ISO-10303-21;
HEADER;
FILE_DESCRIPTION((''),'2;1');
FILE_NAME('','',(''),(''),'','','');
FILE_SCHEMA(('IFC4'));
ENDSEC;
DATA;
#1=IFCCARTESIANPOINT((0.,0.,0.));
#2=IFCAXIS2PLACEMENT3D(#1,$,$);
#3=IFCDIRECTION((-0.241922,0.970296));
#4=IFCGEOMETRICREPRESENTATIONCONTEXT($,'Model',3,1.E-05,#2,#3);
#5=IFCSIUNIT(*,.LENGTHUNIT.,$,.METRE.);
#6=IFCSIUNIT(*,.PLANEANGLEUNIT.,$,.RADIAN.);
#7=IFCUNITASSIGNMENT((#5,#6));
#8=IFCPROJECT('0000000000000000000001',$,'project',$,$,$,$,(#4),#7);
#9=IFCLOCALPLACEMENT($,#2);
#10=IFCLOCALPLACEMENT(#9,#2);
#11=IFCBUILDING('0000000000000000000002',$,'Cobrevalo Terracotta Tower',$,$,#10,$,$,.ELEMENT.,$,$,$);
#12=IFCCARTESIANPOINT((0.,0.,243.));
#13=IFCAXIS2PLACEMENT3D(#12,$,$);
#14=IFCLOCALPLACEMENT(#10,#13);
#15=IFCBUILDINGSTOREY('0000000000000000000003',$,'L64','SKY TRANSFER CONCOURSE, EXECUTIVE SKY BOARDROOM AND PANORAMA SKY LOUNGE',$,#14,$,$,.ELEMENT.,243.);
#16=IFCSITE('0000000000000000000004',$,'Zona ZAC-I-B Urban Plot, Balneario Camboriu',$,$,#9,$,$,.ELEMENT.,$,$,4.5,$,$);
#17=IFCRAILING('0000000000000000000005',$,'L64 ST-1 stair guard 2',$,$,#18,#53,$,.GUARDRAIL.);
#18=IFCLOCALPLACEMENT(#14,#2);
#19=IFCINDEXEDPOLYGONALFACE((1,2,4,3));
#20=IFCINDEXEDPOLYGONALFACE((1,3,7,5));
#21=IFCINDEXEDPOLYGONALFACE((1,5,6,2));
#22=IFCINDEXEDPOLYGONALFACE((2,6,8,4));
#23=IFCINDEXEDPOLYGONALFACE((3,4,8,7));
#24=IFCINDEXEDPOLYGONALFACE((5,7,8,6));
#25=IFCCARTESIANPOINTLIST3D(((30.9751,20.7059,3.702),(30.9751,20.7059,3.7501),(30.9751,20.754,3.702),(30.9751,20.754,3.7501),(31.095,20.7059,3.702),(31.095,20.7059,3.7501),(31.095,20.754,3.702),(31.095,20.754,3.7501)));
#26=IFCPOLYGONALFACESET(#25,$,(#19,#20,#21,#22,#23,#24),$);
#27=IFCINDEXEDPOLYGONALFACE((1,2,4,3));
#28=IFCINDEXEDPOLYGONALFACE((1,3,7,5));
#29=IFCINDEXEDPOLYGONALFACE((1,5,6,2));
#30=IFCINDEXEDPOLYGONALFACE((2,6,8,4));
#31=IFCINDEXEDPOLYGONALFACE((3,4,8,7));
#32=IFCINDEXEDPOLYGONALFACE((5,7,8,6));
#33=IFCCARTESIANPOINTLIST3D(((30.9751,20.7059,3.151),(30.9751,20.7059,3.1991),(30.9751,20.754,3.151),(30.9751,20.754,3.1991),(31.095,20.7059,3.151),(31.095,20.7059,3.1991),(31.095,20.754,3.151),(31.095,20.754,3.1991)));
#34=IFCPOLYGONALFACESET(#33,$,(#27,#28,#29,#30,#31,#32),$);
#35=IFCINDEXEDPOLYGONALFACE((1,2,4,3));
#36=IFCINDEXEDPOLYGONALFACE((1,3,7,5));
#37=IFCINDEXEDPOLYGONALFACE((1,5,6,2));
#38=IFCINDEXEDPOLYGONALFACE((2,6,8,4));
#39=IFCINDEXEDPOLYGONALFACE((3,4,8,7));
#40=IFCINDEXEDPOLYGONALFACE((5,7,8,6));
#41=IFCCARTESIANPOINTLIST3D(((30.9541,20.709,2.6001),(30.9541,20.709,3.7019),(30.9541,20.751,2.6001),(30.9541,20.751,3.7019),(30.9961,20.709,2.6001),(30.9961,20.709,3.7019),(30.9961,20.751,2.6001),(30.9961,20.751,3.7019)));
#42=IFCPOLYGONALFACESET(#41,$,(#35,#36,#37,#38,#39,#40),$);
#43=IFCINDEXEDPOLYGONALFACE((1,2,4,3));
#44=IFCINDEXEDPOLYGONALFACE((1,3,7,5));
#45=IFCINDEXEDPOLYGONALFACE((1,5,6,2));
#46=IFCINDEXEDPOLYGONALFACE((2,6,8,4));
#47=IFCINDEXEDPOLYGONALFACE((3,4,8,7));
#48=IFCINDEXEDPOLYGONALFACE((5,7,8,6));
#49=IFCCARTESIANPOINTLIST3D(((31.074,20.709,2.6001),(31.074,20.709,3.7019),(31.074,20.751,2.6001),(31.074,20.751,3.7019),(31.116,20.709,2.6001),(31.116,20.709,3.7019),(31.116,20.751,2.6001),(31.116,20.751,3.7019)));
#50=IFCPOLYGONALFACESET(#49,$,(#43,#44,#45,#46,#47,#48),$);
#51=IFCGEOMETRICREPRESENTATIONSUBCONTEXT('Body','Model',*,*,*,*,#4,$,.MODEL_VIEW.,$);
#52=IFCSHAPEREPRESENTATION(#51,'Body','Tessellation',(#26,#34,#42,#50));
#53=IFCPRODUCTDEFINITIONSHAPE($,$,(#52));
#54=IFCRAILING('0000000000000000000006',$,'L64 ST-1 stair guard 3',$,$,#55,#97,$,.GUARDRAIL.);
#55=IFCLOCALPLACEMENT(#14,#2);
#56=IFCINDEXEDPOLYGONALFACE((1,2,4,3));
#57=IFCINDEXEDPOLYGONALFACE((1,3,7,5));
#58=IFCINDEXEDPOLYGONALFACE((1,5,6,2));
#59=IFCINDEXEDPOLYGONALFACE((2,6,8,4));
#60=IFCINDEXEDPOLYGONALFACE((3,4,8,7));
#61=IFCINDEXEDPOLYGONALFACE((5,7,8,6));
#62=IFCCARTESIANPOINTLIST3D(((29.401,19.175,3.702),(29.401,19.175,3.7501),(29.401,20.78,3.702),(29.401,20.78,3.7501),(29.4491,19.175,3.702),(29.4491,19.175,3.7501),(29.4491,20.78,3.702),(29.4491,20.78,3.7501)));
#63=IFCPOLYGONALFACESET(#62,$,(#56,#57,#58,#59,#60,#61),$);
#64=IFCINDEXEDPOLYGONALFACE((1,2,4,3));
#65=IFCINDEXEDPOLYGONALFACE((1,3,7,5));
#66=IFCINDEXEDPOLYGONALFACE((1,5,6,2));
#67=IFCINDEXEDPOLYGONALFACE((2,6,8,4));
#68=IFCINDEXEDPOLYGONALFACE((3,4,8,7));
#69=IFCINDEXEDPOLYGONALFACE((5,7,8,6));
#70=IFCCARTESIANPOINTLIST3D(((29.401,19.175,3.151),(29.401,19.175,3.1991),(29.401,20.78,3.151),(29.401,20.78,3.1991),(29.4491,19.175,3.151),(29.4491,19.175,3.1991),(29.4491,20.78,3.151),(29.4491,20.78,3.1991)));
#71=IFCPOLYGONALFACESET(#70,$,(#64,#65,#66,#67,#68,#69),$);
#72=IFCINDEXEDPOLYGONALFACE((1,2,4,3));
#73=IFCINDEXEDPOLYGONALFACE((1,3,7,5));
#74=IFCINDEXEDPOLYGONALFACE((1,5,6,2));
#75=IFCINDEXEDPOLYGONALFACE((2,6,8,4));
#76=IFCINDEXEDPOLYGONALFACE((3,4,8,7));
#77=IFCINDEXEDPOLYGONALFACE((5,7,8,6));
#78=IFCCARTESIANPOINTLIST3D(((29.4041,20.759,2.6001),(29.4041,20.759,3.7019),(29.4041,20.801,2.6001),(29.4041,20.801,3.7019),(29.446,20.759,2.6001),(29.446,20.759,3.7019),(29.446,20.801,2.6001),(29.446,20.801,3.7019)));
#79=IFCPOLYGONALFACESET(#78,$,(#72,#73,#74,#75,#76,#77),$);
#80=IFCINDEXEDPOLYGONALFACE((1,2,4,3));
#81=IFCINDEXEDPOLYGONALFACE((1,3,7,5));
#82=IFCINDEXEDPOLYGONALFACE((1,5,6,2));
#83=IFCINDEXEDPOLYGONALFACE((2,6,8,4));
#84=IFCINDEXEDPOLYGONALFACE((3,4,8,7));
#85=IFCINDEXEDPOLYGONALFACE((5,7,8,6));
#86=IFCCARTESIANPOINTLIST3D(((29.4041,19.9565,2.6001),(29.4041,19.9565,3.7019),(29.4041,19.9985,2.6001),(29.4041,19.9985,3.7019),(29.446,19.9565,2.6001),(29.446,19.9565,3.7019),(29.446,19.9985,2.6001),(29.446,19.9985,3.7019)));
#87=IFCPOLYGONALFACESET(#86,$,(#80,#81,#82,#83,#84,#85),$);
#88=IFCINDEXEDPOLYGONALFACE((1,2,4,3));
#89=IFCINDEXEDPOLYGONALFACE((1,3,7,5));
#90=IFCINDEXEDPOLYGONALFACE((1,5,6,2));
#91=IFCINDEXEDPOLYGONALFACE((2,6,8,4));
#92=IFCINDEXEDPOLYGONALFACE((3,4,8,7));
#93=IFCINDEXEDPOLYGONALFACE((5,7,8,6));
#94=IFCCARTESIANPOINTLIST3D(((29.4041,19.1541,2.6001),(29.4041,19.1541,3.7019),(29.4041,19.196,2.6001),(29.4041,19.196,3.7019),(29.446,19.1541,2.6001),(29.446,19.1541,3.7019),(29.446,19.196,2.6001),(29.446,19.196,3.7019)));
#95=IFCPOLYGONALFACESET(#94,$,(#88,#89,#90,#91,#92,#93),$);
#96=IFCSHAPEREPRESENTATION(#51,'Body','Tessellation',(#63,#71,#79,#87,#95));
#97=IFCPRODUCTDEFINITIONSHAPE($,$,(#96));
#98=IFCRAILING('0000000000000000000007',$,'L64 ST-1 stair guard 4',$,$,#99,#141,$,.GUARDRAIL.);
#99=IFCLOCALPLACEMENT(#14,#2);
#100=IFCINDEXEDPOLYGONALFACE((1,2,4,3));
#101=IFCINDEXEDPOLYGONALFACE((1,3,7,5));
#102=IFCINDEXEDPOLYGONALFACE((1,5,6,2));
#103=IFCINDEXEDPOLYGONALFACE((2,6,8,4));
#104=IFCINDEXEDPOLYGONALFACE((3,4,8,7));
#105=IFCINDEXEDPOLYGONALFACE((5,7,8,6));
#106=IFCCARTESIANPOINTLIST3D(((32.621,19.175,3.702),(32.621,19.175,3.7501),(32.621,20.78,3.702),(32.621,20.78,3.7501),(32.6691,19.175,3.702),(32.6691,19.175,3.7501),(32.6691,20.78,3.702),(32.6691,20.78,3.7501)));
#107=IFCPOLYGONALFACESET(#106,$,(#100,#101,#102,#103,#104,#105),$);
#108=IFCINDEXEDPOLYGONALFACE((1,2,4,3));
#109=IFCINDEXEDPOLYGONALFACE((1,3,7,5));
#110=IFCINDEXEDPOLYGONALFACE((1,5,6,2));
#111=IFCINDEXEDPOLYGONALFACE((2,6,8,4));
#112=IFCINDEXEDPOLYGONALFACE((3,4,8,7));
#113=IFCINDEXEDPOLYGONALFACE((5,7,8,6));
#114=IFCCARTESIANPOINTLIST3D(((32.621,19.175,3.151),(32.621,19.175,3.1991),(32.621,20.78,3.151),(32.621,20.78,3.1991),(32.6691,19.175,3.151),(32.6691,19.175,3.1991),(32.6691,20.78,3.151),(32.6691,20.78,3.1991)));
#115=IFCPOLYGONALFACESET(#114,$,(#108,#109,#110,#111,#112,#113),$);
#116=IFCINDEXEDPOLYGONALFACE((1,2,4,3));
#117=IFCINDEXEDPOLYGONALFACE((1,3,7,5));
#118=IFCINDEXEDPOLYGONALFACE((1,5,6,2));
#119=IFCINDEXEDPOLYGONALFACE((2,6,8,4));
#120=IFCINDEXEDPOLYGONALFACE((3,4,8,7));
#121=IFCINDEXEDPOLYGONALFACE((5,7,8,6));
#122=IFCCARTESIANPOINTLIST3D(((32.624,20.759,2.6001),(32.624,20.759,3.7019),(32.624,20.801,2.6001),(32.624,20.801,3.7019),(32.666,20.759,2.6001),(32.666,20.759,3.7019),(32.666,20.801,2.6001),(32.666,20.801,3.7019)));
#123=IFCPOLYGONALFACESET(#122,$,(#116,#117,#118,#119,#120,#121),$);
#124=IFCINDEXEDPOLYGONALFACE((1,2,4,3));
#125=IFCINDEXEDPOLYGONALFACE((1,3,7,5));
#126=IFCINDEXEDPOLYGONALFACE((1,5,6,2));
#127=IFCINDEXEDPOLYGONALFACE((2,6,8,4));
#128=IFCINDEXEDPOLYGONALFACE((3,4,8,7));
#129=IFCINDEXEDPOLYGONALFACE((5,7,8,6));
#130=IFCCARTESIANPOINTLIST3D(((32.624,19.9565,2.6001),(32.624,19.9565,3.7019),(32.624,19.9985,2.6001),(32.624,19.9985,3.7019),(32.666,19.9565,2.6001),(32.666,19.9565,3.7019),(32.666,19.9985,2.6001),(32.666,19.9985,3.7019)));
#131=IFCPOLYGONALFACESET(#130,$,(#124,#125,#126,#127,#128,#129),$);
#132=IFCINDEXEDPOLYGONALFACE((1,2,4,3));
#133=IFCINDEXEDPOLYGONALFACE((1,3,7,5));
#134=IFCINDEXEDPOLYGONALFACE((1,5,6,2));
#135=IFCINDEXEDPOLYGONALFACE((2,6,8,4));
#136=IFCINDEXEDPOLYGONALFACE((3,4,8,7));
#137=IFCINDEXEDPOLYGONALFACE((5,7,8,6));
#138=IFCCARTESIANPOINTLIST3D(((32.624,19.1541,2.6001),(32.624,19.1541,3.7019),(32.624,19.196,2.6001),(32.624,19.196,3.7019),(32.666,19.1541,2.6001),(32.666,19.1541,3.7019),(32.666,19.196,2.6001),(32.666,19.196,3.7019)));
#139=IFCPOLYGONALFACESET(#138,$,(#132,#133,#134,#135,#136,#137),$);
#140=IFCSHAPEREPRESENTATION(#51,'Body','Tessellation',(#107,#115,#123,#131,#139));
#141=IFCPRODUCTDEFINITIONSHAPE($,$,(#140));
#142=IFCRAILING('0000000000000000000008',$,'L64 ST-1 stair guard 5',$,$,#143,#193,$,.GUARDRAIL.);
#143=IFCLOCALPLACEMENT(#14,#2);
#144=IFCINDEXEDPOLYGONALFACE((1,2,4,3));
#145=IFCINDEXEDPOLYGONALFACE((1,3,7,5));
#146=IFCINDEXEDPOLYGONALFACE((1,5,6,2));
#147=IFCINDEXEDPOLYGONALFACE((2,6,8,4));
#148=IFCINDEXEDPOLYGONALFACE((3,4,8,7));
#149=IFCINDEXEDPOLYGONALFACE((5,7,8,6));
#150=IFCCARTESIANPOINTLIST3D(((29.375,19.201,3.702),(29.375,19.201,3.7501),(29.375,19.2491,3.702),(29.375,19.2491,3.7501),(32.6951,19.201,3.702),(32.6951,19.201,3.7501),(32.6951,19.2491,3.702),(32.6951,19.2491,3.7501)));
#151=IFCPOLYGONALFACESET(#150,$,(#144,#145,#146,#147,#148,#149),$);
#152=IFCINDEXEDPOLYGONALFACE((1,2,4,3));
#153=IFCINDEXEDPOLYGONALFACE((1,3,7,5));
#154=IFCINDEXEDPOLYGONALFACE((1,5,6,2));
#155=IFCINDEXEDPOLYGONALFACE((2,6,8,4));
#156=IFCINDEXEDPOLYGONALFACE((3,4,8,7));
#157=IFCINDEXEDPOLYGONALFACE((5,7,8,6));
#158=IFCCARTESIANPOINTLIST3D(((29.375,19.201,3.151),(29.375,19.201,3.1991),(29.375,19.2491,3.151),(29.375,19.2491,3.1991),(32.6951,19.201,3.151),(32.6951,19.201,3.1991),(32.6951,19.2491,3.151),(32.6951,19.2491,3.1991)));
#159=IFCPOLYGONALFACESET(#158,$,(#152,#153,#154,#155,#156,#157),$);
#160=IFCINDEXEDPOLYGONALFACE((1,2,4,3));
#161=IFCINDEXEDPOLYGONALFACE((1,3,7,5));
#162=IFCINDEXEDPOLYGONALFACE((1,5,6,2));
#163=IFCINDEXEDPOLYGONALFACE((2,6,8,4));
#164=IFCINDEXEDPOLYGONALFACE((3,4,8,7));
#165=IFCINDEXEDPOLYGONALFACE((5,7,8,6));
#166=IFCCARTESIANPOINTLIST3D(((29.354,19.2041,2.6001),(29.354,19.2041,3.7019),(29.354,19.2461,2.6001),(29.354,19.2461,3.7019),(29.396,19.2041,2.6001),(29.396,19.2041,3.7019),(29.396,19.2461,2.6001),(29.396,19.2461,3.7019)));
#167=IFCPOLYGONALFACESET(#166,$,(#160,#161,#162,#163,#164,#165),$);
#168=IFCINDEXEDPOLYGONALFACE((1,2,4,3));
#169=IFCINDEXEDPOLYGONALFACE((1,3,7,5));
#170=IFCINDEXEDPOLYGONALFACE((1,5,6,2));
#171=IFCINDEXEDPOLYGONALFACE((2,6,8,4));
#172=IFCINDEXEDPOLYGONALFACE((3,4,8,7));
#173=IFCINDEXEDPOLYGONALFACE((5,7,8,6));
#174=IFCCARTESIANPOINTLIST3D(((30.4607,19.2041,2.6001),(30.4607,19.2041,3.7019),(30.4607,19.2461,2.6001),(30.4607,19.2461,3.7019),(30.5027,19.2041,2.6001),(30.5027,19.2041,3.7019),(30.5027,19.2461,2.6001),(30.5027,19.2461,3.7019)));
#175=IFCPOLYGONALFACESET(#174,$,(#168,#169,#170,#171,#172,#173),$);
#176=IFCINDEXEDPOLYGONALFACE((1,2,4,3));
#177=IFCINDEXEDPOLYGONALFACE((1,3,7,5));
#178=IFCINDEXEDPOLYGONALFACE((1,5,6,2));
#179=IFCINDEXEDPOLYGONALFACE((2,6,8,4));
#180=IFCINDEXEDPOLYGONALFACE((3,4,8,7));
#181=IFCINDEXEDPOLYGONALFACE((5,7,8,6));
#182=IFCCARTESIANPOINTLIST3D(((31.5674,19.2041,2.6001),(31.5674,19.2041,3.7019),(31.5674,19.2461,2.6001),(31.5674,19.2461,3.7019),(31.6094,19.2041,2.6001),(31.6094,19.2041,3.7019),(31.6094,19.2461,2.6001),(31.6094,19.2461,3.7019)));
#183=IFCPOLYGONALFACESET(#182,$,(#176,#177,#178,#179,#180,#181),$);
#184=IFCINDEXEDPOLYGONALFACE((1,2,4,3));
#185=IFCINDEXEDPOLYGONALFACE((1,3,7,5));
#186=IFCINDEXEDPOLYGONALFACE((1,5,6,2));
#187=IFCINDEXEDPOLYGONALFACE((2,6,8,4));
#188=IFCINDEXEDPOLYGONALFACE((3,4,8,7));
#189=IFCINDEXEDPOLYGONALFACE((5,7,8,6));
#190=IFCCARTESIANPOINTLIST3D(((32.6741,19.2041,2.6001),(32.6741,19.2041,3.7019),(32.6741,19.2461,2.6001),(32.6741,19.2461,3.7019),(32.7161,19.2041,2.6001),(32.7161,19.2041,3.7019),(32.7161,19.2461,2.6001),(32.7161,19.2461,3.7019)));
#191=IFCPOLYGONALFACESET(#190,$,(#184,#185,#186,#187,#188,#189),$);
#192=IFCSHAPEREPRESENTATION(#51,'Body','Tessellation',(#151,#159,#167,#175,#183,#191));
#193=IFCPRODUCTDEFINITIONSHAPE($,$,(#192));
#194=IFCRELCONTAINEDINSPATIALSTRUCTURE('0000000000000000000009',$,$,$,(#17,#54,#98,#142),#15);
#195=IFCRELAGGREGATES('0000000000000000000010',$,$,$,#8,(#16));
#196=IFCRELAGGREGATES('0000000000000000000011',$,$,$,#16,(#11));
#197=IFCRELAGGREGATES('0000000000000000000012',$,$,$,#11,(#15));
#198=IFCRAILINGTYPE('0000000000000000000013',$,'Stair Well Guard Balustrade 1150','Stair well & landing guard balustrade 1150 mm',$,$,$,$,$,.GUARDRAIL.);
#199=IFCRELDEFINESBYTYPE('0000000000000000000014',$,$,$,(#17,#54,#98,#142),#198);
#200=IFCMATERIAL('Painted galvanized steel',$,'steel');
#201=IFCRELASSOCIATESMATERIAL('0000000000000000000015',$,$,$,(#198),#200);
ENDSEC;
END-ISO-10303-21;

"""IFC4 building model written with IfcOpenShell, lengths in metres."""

from ifc_helpers import new_model, si_unit, direction, frame, origin, origin_2d, place, context, subcontext, project, spatial, rectangle, extrude, material, type_object, element, save


model = new_model("IFC4")

# Units and contexts
model_context = context("Model", 3, precision=1e-05, world=origin(), true_north=direction((-0.241922, 0.970296)))
body_context = subcontext(model_context, "Body", "Model", "MODEL_VIEW")
ifc_project = project(units=[si_unit("LENGTHUNIT", "METRE"), si_unit("PLANEANGLEUNIT", "RADIAN")], contexts=[model_context])

# Site, building, storey
site_placement = place(None, origin())
site = spatial("IfcSite", under=ifc_project, at=site_placement, Name="Zona ZAC-I-B Urban Plot, Balneario Camboriu", CompositionType="ELEMENT", RefElevation=4.5)
building_placement = place(site_placement, origin())
building = spatial("IfcBuilding", under=site, at=building_placement, Name="Cobrevalo Terracotta Tower", CompositionType="ELEMENT")
storey_placement = place(building_placement, frame((0.0, 0.0, 243.0)))
storey = spatial("IfcBuildingStorey", under=building, at=storey_placement, Name="L64", Description="SKY TRANSFER CONCOURSE, EXECUTIVE SKY BOARDROOM AND PANORAMA SKY LOUNGE", CompositionType="ELEMENT", Elevation=243.0)

# Railings
ifc_material_1 = material(Name="Painted galvanized steel", Category="steel")
railing_type_1 = type_object("IfcRailingType", Name="Stair Well Guard Balustrade 1150", Description="Stair well & landing guard balustrade 1150 mm", PredefinedType="GUARDRAIL", material=ifc_material_1)
railing_1_placement = place(storey_placement, frame((30.9751, 20.73, 2.6001)))
element("IfcRailing", 1, at=railing_1_placement, inside=storey, type_object=railing_type_1, Name="L64 ST-1 stair guard 2", PredefinedType="GUARDRAIL", context=body_context, shape_type="SweptSolid", body=[
    extrude(rectangle(XDim=0.0481, YDim=0.0481, at=origin_2d()), frame((0.0, 0.0, 1.126), z_axis=(1.0, 0.0, 0.0), x_axis=(0.0, 1.0, 0.0)), (0.0, 0.0, 1.0), 0.1199),
    extrude(rectangle(XDim=0.0481, YDim=0.0481, at=origin_2d()), frame((0.0, 0.0, 0.575), z_axis=(1.0, 0.0, 0.0), x_axis=(0.0, 1.0, 0.0)), (0.0, 0.0, 1.0), 0.1199),
    extrude(rectangle(XDim=0.042, YDim=0.042, at=origin_2d()), origin(), (0.0, 0.0, 1.0), 1.1018),
    extrude(rectangle(XDim=0.042, YDim=0.042, at=origin_2d()), frame((0.1199, 0.0, 0.0)), (0.0, 0.0, 1.0), 1.1018),
])
for number, where, name in (
    (2, (29.425, 20.78, 2.6001), "L64 ST-1 stair guard 3"),
    (3, (32.645, 20.78, 2.6001), "L64 ST-1 stair guard 4"),
):
    element("IfcRailing", number, at=place(storey_placement, frame(where)), inside=storey, type_object=railing_type_1, Name=name, PredefinedType="GUARDRAIL", context=body_context, shape_type="SweptSolid", body=[
        extrude(rectangle(XDim=0.0481, YDim=0.0481, at=origin_2d()), frame((0.0, 0.0, 1.126), z_axis=(0.0, -1.0, 0.0), x_axis=(1.0, 0.0, 0.0)), (0.0, 0.0, 1.0), 1.605),
        extrude(rectangle(XDim=0.0481, YDim=0.0481, at=origin_2d()), frame((0.0, 0.0, 0.575), z_axis=(0.0, -1.0, 0.0), x_axis=(1.0, 0.0, 0.0)), (0.0, 0.0, 1.0), 1.605),
        extrude(rectangle(XDim=0.042, YDim=0.042, at=origin_2d()), origin(), (0.0, 0.0, 1.0), 1.1018),
        extrude(rectangle(XDim=0.042, YDim=0.042, at=origin_2d()), frame((0.0, -0.8025, 0.0)), (0.0, 0.0, 1.0), 1.1018),
        extrude(rectangle(XDim=0.042, YDim=0.042, at=origin_2d()), frame((0.0, -1.605, 0.0)), (0.0, 0.0, 1.0), 1.1018),
    ])
railing_2_placement = place(storey_placement, frame((29.375, 19.2251, 2.6001)))
element("IfcRailing", 4, at=railing_2_placement, inside=storey, type_object=railing_type_1, Name="L64 ST-1 stair guard 5", PredefinedType="GUARDRAIL", context=body_context, shape_type="SweptSolid", body=[
    extrude(rectangle(XDim=0.0481, YDim=0.0481, at=origin_2d()), frame((0.0, 0.0, 1.126), z_axis=(1.0, 0.0, 0.0), x_axis=(0.0, 1.0, 0.0)), (0.0, 0.0, 1.0), 3.3201),
    extrude(rectangle(XDim=0.0481, YDim=0.0481, at=origin_2d()), frame((0.0, 0.0, 0.575), z_axis=(1.0, 0.0, 0.0), x_axis=(0.0, 1.0, 0.0)), (0.0, 0.0, 1.0), 3.3201),
    extrude(rectangle(XDim=0.042, YDim=0.042, at=origin_2d()), origin(), (0.0, 0.0, 1.0), 1.1018),
    extrude(rectangle(XDim=0.042, YDim=0.042, at=origin_2d()), frame((1.1067, 0.0, 0.0)), (0.0, 0.0, 1.0), 1.1018),
    extrude(rectangle(XDim=0.042, YDim=0.042, at=origin_2d()), frame((2.2134, 0.0, 0.0)), (0.0, 0.0, 1.0), 1.1018),
    extrude(rectangle(XDim=0.042, YDim=0.042, at=origin_2d()), frame((3.3201, 0.0, 0.0)), (0.0, 0.0, 1.0), 1.1018),
])

save(model, "model.ifc")
